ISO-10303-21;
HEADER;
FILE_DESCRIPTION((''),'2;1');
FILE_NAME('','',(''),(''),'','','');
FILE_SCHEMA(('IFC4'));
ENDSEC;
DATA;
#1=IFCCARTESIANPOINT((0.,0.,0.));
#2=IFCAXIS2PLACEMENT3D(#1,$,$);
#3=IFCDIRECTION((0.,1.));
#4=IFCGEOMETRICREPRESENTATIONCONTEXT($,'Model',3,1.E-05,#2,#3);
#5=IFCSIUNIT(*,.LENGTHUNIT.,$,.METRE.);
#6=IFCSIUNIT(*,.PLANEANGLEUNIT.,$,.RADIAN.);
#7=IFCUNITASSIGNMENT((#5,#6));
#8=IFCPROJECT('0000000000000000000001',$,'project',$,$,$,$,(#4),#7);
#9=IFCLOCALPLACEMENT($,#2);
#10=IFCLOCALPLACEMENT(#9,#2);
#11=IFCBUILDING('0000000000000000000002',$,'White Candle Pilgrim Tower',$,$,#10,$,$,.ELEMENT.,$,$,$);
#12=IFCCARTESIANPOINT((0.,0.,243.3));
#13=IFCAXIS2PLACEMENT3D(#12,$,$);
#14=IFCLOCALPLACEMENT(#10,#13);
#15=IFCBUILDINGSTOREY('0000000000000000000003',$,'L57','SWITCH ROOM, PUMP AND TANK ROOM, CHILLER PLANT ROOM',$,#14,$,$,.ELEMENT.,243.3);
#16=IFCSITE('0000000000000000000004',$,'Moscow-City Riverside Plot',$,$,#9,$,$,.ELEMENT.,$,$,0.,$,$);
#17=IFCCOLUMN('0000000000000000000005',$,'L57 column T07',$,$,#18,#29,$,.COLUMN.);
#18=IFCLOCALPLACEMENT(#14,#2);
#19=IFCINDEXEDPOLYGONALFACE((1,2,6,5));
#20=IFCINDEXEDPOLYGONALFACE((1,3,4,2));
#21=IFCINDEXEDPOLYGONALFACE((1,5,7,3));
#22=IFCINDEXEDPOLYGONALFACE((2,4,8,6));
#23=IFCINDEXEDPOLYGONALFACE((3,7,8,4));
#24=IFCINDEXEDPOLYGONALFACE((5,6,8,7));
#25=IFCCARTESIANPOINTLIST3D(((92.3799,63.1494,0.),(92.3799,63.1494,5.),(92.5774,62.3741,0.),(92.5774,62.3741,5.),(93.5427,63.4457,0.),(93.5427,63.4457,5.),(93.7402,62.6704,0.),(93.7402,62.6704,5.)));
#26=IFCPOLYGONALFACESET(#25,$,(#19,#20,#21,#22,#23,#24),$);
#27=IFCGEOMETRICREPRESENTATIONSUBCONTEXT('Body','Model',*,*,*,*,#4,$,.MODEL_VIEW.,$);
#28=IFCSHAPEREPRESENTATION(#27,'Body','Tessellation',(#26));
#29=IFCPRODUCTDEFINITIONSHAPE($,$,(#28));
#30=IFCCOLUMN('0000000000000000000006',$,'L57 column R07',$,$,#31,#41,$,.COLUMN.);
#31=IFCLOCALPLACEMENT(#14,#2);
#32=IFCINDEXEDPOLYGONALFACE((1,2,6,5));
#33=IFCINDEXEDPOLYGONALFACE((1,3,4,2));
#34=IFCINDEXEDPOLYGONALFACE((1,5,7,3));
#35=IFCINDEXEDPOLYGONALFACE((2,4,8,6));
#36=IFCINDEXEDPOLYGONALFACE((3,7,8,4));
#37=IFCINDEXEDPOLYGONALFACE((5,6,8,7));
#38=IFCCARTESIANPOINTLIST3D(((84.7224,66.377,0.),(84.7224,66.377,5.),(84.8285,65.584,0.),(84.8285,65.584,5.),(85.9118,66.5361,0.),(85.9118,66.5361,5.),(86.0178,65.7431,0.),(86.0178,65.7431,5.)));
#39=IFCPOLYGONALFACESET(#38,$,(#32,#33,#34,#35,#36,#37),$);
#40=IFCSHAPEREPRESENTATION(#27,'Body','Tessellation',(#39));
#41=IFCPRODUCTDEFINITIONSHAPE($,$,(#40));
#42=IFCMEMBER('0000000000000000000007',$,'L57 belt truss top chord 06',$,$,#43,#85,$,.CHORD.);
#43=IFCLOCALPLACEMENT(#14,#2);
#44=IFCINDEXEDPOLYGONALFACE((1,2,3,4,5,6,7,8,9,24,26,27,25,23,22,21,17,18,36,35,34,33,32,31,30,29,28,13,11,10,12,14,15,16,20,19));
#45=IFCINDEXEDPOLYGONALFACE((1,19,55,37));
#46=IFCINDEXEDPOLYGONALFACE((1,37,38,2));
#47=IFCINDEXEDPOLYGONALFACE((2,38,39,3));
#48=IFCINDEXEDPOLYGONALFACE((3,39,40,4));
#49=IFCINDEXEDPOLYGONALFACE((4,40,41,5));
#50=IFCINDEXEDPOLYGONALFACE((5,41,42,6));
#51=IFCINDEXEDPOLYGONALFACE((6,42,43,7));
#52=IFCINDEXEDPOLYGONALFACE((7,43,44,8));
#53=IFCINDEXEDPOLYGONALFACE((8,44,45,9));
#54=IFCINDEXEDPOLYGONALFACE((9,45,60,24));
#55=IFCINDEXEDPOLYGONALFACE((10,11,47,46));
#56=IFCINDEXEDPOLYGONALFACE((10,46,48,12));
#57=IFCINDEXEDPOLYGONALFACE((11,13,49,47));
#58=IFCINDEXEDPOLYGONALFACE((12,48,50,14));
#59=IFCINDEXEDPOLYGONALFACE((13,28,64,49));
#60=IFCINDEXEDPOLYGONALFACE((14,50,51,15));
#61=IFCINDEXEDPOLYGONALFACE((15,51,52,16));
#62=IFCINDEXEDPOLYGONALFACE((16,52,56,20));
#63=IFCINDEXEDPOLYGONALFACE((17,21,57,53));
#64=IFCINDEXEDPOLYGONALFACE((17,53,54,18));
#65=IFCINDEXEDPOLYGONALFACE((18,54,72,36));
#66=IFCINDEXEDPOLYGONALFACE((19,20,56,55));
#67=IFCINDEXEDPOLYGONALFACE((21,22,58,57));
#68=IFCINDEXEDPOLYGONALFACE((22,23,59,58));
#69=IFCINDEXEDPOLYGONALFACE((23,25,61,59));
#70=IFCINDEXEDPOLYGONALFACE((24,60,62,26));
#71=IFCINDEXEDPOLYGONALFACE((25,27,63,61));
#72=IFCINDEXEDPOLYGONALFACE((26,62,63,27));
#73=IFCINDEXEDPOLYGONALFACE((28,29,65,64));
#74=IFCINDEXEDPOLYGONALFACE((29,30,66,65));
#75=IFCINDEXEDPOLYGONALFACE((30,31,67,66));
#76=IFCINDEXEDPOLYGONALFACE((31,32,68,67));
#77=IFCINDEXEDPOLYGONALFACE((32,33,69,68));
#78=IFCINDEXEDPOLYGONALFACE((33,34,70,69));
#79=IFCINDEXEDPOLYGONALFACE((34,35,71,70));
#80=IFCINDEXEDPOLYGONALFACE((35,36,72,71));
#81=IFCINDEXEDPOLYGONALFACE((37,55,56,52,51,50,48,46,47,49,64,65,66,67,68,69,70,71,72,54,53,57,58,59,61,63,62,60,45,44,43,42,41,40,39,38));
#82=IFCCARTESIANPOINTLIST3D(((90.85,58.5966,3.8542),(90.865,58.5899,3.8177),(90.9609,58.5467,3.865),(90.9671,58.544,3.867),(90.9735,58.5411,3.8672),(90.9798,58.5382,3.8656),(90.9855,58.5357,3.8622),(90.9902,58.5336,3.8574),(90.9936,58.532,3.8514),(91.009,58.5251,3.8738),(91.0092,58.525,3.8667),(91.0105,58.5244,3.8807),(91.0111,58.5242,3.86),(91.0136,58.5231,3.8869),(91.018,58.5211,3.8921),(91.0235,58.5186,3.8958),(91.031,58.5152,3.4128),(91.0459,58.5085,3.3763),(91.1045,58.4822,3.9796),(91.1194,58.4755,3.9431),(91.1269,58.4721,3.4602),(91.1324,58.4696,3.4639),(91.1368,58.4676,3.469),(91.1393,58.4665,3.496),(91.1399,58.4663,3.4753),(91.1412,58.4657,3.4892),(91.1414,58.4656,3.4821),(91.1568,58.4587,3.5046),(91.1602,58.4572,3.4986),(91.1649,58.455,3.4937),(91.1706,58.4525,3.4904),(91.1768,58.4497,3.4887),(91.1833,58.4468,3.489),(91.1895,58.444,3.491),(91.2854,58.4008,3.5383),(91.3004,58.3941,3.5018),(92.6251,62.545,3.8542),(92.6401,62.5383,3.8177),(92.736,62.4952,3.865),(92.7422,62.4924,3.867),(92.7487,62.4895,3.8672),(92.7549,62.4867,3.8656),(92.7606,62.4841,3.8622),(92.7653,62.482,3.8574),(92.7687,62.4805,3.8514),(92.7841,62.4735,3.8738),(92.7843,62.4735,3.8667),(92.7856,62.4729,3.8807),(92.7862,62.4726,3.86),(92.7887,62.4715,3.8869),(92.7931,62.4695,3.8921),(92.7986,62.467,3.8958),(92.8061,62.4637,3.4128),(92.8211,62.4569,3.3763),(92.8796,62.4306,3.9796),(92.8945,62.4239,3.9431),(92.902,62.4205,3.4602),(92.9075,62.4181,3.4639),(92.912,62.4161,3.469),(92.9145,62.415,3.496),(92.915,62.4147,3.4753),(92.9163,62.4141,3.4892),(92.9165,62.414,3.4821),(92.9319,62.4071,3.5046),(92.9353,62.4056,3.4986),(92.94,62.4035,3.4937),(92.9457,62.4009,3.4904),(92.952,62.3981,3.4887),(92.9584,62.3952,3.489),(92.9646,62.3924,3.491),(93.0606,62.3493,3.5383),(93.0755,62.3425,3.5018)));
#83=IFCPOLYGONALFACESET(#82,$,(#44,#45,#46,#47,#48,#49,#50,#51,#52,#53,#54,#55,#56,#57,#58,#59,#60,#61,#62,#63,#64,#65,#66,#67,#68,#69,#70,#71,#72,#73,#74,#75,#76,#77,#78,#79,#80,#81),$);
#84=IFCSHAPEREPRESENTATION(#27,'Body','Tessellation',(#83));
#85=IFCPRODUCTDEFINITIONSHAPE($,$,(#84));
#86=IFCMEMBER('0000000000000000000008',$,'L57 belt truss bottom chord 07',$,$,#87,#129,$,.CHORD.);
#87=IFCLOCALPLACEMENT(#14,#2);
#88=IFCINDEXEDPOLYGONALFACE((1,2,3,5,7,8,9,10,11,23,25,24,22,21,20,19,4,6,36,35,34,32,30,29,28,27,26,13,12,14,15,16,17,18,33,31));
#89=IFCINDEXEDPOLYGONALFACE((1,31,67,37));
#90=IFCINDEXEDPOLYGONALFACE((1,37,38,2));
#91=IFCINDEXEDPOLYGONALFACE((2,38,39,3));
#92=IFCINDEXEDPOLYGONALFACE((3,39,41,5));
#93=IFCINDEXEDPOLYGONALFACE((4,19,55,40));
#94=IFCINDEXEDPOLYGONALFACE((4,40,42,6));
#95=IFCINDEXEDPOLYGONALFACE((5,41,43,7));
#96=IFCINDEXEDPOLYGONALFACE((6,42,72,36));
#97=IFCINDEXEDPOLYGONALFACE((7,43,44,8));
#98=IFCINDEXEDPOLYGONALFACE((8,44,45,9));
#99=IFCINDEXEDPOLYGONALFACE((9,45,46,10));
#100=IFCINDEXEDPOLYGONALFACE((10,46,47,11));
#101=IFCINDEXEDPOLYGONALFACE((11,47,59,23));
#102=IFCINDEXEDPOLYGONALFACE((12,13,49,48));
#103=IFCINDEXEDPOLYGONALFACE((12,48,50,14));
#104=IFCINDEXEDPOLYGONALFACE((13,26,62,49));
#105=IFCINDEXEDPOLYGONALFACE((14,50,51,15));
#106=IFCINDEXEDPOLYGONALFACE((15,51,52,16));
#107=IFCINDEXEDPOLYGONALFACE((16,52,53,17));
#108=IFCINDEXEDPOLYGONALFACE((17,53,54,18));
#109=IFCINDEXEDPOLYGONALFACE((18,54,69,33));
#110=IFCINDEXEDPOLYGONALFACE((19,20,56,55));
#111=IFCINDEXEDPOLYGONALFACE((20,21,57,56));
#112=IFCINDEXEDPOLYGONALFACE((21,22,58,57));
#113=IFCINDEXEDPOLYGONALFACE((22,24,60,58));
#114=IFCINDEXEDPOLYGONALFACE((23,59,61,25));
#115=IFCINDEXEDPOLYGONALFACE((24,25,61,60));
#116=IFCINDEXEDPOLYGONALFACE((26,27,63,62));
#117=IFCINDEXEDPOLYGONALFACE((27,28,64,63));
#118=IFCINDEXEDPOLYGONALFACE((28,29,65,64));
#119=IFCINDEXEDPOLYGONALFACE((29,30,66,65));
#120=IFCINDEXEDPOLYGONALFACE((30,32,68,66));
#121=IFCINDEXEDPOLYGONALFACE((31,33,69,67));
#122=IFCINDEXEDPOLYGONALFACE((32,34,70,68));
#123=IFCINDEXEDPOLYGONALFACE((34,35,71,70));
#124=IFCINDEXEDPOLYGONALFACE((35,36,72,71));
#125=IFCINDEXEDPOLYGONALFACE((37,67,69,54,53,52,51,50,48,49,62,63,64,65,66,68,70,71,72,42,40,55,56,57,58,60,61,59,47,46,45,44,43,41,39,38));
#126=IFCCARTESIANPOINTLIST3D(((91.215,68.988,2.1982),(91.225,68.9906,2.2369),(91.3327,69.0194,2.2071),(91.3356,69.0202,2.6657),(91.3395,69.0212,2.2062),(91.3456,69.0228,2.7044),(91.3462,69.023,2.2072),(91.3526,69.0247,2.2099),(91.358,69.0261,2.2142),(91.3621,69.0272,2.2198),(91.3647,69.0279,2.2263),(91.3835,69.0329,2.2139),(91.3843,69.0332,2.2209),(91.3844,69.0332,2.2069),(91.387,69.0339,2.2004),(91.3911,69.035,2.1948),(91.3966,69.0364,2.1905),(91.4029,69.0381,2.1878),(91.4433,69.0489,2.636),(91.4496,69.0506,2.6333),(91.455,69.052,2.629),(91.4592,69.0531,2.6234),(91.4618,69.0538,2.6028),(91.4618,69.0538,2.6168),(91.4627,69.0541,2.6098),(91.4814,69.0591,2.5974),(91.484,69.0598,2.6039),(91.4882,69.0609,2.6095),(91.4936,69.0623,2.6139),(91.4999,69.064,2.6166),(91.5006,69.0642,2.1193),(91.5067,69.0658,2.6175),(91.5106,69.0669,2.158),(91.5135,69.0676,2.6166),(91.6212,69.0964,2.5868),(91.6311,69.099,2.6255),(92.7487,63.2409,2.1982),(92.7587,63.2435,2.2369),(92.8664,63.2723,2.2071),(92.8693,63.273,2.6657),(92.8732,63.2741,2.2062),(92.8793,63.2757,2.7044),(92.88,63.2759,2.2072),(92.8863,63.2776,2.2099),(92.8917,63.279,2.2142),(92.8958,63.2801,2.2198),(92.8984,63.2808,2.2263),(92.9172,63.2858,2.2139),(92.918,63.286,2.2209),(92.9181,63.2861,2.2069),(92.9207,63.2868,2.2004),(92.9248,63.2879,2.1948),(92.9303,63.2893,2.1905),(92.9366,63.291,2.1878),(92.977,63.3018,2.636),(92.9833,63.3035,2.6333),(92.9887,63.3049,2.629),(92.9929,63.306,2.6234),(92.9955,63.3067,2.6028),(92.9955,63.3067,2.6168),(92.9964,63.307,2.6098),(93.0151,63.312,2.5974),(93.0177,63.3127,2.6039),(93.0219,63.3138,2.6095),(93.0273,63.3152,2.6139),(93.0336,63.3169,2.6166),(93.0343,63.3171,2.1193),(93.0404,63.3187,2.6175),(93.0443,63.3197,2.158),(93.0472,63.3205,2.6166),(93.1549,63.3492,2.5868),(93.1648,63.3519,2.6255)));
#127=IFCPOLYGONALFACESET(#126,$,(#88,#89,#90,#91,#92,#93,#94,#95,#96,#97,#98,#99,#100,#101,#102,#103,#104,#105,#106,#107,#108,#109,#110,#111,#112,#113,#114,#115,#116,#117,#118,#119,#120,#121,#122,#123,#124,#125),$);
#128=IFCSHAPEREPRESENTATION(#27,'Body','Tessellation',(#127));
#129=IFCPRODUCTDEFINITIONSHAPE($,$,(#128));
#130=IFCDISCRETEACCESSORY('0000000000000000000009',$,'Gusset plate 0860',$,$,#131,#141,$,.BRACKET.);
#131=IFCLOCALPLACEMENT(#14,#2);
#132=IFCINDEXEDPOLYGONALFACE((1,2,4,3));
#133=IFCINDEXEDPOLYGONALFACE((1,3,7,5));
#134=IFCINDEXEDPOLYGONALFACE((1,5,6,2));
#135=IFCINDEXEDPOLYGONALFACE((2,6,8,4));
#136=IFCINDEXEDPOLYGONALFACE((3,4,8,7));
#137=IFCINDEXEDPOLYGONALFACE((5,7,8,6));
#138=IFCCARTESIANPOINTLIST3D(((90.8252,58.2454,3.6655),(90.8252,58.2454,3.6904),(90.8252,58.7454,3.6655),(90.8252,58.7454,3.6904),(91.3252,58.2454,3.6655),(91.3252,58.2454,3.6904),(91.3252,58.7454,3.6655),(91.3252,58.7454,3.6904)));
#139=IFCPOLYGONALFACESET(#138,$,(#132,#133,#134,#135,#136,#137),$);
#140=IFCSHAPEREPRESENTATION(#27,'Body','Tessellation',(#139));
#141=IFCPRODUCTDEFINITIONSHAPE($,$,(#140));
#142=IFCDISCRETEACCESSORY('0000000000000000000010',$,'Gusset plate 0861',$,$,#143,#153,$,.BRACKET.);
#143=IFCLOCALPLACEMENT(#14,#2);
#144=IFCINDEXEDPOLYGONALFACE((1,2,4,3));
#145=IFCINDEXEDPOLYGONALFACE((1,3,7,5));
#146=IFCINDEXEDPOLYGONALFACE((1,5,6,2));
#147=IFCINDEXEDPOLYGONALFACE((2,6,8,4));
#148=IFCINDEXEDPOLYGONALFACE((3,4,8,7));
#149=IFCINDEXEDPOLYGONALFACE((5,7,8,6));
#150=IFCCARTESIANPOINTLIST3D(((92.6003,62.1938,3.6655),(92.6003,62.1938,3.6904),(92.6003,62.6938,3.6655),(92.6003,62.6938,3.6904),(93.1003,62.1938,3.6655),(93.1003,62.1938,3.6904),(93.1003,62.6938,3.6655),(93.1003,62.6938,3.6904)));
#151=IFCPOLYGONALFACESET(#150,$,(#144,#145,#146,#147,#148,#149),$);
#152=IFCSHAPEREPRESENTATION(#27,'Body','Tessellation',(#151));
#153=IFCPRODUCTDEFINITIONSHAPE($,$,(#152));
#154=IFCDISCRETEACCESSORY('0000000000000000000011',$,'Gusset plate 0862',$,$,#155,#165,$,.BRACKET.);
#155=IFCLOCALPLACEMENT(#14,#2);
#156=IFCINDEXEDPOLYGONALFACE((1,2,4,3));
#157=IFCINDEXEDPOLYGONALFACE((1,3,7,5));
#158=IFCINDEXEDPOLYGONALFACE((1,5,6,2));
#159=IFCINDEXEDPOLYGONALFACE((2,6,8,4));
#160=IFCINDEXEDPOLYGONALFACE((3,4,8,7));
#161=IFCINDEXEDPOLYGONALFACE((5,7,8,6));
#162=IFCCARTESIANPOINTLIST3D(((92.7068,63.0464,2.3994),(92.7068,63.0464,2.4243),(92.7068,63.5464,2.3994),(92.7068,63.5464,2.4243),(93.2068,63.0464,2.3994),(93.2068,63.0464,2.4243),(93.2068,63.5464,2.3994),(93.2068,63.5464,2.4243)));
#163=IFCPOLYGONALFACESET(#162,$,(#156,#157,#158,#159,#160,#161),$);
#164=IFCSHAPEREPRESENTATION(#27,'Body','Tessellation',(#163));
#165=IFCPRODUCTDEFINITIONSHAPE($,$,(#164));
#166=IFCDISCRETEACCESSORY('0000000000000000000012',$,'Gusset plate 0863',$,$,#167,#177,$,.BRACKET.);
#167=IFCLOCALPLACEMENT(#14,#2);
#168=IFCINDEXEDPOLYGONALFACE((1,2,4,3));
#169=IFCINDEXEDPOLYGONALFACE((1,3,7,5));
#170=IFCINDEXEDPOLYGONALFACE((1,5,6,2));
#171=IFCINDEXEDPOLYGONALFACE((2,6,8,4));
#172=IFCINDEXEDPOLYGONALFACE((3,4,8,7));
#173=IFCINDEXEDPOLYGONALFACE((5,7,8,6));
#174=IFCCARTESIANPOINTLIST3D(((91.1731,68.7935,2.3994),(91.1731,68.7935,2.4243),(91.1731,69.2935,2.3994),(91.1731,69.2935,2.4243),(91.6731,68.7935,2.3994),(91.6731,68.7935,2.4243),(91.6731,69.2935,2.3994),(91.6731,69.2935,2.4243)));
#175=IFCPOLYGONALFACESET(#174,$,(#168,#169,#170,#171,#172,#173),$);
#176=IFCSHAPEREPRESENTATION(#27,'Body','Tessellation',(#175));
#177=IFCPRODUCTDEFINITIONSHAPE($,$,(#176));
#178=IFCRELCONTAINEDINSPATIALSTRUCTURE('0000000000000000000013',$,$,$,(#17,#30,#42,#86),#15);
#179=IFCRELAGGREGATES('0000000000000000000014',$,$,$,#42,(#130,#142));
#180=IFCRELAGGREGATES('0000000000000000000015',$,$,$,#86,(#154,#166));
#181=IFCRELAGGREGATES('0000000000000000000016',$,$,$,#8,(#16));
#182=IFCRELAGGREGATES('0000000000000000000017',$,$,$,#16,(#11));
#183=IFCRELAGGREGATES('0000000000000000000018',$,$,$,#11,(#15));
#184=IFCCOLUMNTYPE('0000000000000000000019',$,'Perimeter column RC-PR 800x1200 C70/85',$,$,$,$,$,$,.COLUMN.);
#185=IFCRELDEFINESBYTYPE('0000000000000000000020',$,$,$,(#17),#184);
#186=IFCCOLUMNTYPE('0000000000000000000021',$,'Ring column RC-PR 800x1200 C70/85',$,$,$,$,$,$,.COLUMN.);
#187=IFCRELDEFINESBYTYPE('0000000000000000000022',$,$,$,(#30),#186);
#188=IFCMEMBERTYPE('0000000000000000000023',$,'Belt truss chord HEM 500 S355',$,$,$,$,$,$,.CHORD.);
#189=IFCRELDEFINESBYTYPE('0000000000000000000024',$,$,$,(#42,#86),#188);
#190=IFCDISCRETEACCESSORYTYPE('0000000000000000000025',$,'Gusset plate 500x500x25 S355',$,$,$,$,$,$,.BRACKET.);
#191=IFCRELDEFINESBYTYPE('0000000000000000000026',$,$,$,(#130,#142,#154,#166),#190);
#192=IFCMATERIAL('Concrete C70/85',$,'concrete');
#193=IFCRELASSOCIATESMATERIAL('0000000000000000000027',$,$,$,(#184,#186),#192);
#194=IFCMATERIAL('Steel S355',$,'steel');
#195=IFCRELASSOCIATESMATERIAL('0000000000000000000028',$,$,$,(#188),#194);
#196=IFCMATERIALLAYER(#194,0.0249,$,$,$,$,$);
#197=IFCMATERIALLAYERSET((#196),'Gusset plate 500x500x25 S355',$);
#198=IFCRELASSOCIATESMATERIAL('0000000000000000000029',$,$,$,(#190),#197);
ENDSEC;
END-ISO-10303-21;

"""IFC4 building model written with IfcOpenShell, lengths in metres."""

from ifc_helpers import new_model, si_unit, direction, frame, origin, origin_2d, place, context, subcontext, project, spatial, rectangle, i_section, extrude, material, layer, layer_set, material_profile, profile_set, type_object, element, aggregate, save


model = new_model("IFC4")

# Units and contexts
model_context = context("Model", 3, precision=1e-05, world=origin(), true_north=direction((0.0, 1.0)))
body_context = subcontext(model_context, "Body", "Model", "MODEL_VIEW")
ifc_project = project(units=[si_unit("LENGTHUNIT", "METRE"), si_unit("PLANEANGLEUNIT", "RADIAN")], contexts=[model_context])

# Site, building, storey
site_placement = place(None, origin())
site = spatial("IfcSite", under=ifc_project, at=site_placement, Name="Moscow-City Riverside Plot", CompositionType="ELEMENT", RefElevation=0.0)
building_placement = place(site_placement, origin())
building = spatial("IfcBuilding", under=site, at=building_placement, Name="White Candle Pilgrim Tower", CompositionType="ELEMENT")
storey_placement = place(building_placement, frame((0.0, 0.0, 243.3)))
storey = spatial("IfcBuildingStorey", under=building, at=storey_placement, Name="L57", Description="SWITCH ROOM, PUMP AND TANK ROOM, CHILLER PLANT ROOM", CompositionType="ELEMENT", Elevation=243.3)

# Columns
ifc_material_1 = material(Name="Concrete C70/85", Category="concrete")
ifc_material_profile_1 = material_profile(ifc_material_1, rectangle(XDim=0.8, YDim=1.2, at=origin_2d()), Name="RC-PR 800x1200")
ifc_profile_set_1 = profile_set([ifc_material_profile_1], Name="Concrete C70/85")
column_type_1 = type_object("IfcColumnType", Name="Perimeter column RC-PR 800x1200 C70/85", PredefinedType="COLUMN", material=ifc_profile_set_1)
column_1_placement = place(storey_placement, frame((93.0601, 62.9099, 0.0), z_axis=(0.0, 0.0, 1.0), x_axis=(0.246881, -0.969046, 0.0)))
element("IfcColumn", 1, at=column_1_placement, inside=storey, type_object=column_type_1, Name="L57 column T07", PredefinedType="COLUMN", context=body_context, shape_type="SweptSolid", body=[
    extrude(rectangle(XDim=0.8, YDim=1.2, at=origin_2d()), origin(), (0.0, 0.0, 1.0), 5.0),
])
ifc_material_profile_2 = material_profile(ifc_material_1, rectangle(XDim=0.8, YDim=1.2, at=origin_2d()), Name="RC-PR 800x1200")
ifc_profile_set_2 = profile_set([ifc_material_profile_2], Name="Concrete C70/85")
column_type_2 = type_object("IfcColumnType", Name="Ring column RC-PR 800x1200 C70/85", PredefinedType="COLUMN", material=ifc_profile_set_2)
column_2_placement = place(storey_placement, frame((85.3701, 66.0601, 0.0), z_axis=(0.0, 0.0, 1.0), x_axis=(0.132602, -0.991169, 0.0)))
element("IfcColumn", 2, at=column_2_placement, inside=storey, type_object=column_type_2, Name="L57 column R07", PredefinedType="COLUMN", context=body_context, shape_type="SweptSolid", body=[
    extrude(rectangle(XDim=0.8, YDim=1.2, at=origin_2d()), origin(), (0.0, 0.0, 1.0), 5.0),
])

# Members
ifc_material_2 = material(Name="Steel S355", Category="steel")
ifc_material_profile_3 = material_profile(ifc_material_2, i_section(OverallWidth=0.3059, OverallDepth=0.5239, WebThickness=0.021, FlangeThickness=0.04, FilletRadius=0.0271, at=origin_2d()), Name="HEM 500")
ifc_profile_set_3 = profile_set([ifc_material_profile_3], Name="Steel S355")
member_type_1 = type_object("IfcMemberType", Name="Belt truss chord HEM 500 S355", PredefinedType="CHORD", material=ifc_profile_set_3)
member_1_placement = place(storey_placement, frame((91.0752, 58.4954, 3.678), z_axis=(0.410043, 0.912066, 0.0), x_axis=(0.831849, -0.37398, 0.41008)))
member_1 = element("IfcMember", 3, at=member_1_placement, inside=storey, type_object=member_type_1, Name="L57 belt truss top chord 06", PredefinedType="CHORD", context=body_context, shape_type="SweptSolid", body=[
    extrude(i_section(OverallWidth=0.3059, OverallDepth=0.5239, WebThickness=0.021, FlangeThickness=0.04, FilletRadius=0.0271, at=origin_2d()), origin(), (0.0, 0.0, 1.0), 4.3291),
])
member_2_placement = place(storey_placement, frame((92.9568, 63.2964, 2.4119), z_axis=(-0.257841, 0.966187, 0.0), x_axis=(0.933513, 0.249122, -0.257861)))
member_2 = element("IfcMember", 4, at=member_2_placement, inside=storey, type_object=member_type_1, Name="L57 belt truss bottom chord 07", PredefinedType="CHORD", context=body_context, shape_type="SweptSolid", body=[
    extrude(i_section(OverallWidth=0.3059, OverallDepth=0.5239, WebThickness=0.021, FlangeThickness=0.04, FilletRadius=0.0271, at=origin_2d()), origin(), (0.0, 0.0, 1.0), 5.9482),
])

# Discrete accessories
ifc_layer_1 = layer(ifc_material_2, 0.0249)
ifc_layer_set_1 = layer_set([ifc_layer_1], Name="Gusset plate 500x500x25 S355")
discrete_accessory_type = type_object("IfcDiscreteAccessoryType", Name="Gusset plate 500x500x25 S355", PredefinedType="BRACKET", material=ifc_layer_set_1)
discrete_accessory_1_placement = place(storey_placement, frame((91.0752, 58.4954, 3.6655), z_axis=(0.0, 0.0, 1.0), x_axis=(1.0, 0.0, 0.0)))
discrete_accessory_1 = element("IfcDiscreteAccessory", 5, at=discrete_accessory_1_placement, type_object=discrete_accessory_type, Name="Gusset plate 0860", PredefinedType="BRACKET", context=body_context, shape_type="SweptSolid", body=[
    extrude(rectangle(XDim=0.5, YDim=0.5, at=origin_2d()), origin(), (0.0, 0.0, 1.0), 0.0249),
])
discrete_accessory_2_placement = place(storey_placement, frame((92.8503, 62.4438, 3.6655), z_axis=(0.0, 0.0, 1.0), x_axis=(1.0, 0.0, 0.0)))
discrete_accessory_2 = element("IfcDiscreteAccessory", 6, at=discrete_accessory_2_placement, type_object=discrete_accessory_type, Name="Gusset plate 0861", PredefinedType="BRACKET", context=body_context, shape_type="SweptSolid", body=[
    extrude(rectangle(XDim=0.5, YDim=0.5, at=origin_2d()), origin(), (0.0, 0.0, 1.0), 0.0249),
])
aggregate(member_1, [discrete_accessory_1, discrete_accessory_2])
discrete_accessory_3_placement = place(storey_placement, frame((92.9568, 63.2964, 2.3994), z_axis=(0.0, 0.0, 1.0), x_axis=(1.0, 0.0, 0.0)))
discrete_accessory_3 = element("IfcDiscreteAccessory", 7, at=discrete_accessory_3_placement, type_object=discrete_accessory_type, Name="Gusset plate 0862", PredefinedType="BRACKET", context=body_context, shape_type="SweptSolid", body=[
    extrude(rectangle(XDim=0.5, YDim=0.5, at=origin_2d()), origin(), (0.0, 0.0, 1.0), 0.0249),
])
discrete_accessory_4_placement = place(storey_placement, frame((91.4231, 69.0435, 2.3994), z_axis=(0.0, 0.0, 1.0), x_axis=(1.0, 0.0, 0.0)))
discrete_accessory_4 = element("IfcDiscreteAccessory", 8, at=discrete_accessory_4_placement, type_object=discrete_accessory_type, Name="Gusset plate 0863", PredefinedType="BRACKET", context=body_context, shape_type="SweptSolid", body=[
    extrude(rectangle(XDim=0.5, YDim=0.5, at=origin_2d()), origin(), (0.0, 0.0, 1.0), 0.0249),
])
aggregate(member_2, [discrete_accessory_3, discrete_accessory_4])

save(model, "model.ifc")
